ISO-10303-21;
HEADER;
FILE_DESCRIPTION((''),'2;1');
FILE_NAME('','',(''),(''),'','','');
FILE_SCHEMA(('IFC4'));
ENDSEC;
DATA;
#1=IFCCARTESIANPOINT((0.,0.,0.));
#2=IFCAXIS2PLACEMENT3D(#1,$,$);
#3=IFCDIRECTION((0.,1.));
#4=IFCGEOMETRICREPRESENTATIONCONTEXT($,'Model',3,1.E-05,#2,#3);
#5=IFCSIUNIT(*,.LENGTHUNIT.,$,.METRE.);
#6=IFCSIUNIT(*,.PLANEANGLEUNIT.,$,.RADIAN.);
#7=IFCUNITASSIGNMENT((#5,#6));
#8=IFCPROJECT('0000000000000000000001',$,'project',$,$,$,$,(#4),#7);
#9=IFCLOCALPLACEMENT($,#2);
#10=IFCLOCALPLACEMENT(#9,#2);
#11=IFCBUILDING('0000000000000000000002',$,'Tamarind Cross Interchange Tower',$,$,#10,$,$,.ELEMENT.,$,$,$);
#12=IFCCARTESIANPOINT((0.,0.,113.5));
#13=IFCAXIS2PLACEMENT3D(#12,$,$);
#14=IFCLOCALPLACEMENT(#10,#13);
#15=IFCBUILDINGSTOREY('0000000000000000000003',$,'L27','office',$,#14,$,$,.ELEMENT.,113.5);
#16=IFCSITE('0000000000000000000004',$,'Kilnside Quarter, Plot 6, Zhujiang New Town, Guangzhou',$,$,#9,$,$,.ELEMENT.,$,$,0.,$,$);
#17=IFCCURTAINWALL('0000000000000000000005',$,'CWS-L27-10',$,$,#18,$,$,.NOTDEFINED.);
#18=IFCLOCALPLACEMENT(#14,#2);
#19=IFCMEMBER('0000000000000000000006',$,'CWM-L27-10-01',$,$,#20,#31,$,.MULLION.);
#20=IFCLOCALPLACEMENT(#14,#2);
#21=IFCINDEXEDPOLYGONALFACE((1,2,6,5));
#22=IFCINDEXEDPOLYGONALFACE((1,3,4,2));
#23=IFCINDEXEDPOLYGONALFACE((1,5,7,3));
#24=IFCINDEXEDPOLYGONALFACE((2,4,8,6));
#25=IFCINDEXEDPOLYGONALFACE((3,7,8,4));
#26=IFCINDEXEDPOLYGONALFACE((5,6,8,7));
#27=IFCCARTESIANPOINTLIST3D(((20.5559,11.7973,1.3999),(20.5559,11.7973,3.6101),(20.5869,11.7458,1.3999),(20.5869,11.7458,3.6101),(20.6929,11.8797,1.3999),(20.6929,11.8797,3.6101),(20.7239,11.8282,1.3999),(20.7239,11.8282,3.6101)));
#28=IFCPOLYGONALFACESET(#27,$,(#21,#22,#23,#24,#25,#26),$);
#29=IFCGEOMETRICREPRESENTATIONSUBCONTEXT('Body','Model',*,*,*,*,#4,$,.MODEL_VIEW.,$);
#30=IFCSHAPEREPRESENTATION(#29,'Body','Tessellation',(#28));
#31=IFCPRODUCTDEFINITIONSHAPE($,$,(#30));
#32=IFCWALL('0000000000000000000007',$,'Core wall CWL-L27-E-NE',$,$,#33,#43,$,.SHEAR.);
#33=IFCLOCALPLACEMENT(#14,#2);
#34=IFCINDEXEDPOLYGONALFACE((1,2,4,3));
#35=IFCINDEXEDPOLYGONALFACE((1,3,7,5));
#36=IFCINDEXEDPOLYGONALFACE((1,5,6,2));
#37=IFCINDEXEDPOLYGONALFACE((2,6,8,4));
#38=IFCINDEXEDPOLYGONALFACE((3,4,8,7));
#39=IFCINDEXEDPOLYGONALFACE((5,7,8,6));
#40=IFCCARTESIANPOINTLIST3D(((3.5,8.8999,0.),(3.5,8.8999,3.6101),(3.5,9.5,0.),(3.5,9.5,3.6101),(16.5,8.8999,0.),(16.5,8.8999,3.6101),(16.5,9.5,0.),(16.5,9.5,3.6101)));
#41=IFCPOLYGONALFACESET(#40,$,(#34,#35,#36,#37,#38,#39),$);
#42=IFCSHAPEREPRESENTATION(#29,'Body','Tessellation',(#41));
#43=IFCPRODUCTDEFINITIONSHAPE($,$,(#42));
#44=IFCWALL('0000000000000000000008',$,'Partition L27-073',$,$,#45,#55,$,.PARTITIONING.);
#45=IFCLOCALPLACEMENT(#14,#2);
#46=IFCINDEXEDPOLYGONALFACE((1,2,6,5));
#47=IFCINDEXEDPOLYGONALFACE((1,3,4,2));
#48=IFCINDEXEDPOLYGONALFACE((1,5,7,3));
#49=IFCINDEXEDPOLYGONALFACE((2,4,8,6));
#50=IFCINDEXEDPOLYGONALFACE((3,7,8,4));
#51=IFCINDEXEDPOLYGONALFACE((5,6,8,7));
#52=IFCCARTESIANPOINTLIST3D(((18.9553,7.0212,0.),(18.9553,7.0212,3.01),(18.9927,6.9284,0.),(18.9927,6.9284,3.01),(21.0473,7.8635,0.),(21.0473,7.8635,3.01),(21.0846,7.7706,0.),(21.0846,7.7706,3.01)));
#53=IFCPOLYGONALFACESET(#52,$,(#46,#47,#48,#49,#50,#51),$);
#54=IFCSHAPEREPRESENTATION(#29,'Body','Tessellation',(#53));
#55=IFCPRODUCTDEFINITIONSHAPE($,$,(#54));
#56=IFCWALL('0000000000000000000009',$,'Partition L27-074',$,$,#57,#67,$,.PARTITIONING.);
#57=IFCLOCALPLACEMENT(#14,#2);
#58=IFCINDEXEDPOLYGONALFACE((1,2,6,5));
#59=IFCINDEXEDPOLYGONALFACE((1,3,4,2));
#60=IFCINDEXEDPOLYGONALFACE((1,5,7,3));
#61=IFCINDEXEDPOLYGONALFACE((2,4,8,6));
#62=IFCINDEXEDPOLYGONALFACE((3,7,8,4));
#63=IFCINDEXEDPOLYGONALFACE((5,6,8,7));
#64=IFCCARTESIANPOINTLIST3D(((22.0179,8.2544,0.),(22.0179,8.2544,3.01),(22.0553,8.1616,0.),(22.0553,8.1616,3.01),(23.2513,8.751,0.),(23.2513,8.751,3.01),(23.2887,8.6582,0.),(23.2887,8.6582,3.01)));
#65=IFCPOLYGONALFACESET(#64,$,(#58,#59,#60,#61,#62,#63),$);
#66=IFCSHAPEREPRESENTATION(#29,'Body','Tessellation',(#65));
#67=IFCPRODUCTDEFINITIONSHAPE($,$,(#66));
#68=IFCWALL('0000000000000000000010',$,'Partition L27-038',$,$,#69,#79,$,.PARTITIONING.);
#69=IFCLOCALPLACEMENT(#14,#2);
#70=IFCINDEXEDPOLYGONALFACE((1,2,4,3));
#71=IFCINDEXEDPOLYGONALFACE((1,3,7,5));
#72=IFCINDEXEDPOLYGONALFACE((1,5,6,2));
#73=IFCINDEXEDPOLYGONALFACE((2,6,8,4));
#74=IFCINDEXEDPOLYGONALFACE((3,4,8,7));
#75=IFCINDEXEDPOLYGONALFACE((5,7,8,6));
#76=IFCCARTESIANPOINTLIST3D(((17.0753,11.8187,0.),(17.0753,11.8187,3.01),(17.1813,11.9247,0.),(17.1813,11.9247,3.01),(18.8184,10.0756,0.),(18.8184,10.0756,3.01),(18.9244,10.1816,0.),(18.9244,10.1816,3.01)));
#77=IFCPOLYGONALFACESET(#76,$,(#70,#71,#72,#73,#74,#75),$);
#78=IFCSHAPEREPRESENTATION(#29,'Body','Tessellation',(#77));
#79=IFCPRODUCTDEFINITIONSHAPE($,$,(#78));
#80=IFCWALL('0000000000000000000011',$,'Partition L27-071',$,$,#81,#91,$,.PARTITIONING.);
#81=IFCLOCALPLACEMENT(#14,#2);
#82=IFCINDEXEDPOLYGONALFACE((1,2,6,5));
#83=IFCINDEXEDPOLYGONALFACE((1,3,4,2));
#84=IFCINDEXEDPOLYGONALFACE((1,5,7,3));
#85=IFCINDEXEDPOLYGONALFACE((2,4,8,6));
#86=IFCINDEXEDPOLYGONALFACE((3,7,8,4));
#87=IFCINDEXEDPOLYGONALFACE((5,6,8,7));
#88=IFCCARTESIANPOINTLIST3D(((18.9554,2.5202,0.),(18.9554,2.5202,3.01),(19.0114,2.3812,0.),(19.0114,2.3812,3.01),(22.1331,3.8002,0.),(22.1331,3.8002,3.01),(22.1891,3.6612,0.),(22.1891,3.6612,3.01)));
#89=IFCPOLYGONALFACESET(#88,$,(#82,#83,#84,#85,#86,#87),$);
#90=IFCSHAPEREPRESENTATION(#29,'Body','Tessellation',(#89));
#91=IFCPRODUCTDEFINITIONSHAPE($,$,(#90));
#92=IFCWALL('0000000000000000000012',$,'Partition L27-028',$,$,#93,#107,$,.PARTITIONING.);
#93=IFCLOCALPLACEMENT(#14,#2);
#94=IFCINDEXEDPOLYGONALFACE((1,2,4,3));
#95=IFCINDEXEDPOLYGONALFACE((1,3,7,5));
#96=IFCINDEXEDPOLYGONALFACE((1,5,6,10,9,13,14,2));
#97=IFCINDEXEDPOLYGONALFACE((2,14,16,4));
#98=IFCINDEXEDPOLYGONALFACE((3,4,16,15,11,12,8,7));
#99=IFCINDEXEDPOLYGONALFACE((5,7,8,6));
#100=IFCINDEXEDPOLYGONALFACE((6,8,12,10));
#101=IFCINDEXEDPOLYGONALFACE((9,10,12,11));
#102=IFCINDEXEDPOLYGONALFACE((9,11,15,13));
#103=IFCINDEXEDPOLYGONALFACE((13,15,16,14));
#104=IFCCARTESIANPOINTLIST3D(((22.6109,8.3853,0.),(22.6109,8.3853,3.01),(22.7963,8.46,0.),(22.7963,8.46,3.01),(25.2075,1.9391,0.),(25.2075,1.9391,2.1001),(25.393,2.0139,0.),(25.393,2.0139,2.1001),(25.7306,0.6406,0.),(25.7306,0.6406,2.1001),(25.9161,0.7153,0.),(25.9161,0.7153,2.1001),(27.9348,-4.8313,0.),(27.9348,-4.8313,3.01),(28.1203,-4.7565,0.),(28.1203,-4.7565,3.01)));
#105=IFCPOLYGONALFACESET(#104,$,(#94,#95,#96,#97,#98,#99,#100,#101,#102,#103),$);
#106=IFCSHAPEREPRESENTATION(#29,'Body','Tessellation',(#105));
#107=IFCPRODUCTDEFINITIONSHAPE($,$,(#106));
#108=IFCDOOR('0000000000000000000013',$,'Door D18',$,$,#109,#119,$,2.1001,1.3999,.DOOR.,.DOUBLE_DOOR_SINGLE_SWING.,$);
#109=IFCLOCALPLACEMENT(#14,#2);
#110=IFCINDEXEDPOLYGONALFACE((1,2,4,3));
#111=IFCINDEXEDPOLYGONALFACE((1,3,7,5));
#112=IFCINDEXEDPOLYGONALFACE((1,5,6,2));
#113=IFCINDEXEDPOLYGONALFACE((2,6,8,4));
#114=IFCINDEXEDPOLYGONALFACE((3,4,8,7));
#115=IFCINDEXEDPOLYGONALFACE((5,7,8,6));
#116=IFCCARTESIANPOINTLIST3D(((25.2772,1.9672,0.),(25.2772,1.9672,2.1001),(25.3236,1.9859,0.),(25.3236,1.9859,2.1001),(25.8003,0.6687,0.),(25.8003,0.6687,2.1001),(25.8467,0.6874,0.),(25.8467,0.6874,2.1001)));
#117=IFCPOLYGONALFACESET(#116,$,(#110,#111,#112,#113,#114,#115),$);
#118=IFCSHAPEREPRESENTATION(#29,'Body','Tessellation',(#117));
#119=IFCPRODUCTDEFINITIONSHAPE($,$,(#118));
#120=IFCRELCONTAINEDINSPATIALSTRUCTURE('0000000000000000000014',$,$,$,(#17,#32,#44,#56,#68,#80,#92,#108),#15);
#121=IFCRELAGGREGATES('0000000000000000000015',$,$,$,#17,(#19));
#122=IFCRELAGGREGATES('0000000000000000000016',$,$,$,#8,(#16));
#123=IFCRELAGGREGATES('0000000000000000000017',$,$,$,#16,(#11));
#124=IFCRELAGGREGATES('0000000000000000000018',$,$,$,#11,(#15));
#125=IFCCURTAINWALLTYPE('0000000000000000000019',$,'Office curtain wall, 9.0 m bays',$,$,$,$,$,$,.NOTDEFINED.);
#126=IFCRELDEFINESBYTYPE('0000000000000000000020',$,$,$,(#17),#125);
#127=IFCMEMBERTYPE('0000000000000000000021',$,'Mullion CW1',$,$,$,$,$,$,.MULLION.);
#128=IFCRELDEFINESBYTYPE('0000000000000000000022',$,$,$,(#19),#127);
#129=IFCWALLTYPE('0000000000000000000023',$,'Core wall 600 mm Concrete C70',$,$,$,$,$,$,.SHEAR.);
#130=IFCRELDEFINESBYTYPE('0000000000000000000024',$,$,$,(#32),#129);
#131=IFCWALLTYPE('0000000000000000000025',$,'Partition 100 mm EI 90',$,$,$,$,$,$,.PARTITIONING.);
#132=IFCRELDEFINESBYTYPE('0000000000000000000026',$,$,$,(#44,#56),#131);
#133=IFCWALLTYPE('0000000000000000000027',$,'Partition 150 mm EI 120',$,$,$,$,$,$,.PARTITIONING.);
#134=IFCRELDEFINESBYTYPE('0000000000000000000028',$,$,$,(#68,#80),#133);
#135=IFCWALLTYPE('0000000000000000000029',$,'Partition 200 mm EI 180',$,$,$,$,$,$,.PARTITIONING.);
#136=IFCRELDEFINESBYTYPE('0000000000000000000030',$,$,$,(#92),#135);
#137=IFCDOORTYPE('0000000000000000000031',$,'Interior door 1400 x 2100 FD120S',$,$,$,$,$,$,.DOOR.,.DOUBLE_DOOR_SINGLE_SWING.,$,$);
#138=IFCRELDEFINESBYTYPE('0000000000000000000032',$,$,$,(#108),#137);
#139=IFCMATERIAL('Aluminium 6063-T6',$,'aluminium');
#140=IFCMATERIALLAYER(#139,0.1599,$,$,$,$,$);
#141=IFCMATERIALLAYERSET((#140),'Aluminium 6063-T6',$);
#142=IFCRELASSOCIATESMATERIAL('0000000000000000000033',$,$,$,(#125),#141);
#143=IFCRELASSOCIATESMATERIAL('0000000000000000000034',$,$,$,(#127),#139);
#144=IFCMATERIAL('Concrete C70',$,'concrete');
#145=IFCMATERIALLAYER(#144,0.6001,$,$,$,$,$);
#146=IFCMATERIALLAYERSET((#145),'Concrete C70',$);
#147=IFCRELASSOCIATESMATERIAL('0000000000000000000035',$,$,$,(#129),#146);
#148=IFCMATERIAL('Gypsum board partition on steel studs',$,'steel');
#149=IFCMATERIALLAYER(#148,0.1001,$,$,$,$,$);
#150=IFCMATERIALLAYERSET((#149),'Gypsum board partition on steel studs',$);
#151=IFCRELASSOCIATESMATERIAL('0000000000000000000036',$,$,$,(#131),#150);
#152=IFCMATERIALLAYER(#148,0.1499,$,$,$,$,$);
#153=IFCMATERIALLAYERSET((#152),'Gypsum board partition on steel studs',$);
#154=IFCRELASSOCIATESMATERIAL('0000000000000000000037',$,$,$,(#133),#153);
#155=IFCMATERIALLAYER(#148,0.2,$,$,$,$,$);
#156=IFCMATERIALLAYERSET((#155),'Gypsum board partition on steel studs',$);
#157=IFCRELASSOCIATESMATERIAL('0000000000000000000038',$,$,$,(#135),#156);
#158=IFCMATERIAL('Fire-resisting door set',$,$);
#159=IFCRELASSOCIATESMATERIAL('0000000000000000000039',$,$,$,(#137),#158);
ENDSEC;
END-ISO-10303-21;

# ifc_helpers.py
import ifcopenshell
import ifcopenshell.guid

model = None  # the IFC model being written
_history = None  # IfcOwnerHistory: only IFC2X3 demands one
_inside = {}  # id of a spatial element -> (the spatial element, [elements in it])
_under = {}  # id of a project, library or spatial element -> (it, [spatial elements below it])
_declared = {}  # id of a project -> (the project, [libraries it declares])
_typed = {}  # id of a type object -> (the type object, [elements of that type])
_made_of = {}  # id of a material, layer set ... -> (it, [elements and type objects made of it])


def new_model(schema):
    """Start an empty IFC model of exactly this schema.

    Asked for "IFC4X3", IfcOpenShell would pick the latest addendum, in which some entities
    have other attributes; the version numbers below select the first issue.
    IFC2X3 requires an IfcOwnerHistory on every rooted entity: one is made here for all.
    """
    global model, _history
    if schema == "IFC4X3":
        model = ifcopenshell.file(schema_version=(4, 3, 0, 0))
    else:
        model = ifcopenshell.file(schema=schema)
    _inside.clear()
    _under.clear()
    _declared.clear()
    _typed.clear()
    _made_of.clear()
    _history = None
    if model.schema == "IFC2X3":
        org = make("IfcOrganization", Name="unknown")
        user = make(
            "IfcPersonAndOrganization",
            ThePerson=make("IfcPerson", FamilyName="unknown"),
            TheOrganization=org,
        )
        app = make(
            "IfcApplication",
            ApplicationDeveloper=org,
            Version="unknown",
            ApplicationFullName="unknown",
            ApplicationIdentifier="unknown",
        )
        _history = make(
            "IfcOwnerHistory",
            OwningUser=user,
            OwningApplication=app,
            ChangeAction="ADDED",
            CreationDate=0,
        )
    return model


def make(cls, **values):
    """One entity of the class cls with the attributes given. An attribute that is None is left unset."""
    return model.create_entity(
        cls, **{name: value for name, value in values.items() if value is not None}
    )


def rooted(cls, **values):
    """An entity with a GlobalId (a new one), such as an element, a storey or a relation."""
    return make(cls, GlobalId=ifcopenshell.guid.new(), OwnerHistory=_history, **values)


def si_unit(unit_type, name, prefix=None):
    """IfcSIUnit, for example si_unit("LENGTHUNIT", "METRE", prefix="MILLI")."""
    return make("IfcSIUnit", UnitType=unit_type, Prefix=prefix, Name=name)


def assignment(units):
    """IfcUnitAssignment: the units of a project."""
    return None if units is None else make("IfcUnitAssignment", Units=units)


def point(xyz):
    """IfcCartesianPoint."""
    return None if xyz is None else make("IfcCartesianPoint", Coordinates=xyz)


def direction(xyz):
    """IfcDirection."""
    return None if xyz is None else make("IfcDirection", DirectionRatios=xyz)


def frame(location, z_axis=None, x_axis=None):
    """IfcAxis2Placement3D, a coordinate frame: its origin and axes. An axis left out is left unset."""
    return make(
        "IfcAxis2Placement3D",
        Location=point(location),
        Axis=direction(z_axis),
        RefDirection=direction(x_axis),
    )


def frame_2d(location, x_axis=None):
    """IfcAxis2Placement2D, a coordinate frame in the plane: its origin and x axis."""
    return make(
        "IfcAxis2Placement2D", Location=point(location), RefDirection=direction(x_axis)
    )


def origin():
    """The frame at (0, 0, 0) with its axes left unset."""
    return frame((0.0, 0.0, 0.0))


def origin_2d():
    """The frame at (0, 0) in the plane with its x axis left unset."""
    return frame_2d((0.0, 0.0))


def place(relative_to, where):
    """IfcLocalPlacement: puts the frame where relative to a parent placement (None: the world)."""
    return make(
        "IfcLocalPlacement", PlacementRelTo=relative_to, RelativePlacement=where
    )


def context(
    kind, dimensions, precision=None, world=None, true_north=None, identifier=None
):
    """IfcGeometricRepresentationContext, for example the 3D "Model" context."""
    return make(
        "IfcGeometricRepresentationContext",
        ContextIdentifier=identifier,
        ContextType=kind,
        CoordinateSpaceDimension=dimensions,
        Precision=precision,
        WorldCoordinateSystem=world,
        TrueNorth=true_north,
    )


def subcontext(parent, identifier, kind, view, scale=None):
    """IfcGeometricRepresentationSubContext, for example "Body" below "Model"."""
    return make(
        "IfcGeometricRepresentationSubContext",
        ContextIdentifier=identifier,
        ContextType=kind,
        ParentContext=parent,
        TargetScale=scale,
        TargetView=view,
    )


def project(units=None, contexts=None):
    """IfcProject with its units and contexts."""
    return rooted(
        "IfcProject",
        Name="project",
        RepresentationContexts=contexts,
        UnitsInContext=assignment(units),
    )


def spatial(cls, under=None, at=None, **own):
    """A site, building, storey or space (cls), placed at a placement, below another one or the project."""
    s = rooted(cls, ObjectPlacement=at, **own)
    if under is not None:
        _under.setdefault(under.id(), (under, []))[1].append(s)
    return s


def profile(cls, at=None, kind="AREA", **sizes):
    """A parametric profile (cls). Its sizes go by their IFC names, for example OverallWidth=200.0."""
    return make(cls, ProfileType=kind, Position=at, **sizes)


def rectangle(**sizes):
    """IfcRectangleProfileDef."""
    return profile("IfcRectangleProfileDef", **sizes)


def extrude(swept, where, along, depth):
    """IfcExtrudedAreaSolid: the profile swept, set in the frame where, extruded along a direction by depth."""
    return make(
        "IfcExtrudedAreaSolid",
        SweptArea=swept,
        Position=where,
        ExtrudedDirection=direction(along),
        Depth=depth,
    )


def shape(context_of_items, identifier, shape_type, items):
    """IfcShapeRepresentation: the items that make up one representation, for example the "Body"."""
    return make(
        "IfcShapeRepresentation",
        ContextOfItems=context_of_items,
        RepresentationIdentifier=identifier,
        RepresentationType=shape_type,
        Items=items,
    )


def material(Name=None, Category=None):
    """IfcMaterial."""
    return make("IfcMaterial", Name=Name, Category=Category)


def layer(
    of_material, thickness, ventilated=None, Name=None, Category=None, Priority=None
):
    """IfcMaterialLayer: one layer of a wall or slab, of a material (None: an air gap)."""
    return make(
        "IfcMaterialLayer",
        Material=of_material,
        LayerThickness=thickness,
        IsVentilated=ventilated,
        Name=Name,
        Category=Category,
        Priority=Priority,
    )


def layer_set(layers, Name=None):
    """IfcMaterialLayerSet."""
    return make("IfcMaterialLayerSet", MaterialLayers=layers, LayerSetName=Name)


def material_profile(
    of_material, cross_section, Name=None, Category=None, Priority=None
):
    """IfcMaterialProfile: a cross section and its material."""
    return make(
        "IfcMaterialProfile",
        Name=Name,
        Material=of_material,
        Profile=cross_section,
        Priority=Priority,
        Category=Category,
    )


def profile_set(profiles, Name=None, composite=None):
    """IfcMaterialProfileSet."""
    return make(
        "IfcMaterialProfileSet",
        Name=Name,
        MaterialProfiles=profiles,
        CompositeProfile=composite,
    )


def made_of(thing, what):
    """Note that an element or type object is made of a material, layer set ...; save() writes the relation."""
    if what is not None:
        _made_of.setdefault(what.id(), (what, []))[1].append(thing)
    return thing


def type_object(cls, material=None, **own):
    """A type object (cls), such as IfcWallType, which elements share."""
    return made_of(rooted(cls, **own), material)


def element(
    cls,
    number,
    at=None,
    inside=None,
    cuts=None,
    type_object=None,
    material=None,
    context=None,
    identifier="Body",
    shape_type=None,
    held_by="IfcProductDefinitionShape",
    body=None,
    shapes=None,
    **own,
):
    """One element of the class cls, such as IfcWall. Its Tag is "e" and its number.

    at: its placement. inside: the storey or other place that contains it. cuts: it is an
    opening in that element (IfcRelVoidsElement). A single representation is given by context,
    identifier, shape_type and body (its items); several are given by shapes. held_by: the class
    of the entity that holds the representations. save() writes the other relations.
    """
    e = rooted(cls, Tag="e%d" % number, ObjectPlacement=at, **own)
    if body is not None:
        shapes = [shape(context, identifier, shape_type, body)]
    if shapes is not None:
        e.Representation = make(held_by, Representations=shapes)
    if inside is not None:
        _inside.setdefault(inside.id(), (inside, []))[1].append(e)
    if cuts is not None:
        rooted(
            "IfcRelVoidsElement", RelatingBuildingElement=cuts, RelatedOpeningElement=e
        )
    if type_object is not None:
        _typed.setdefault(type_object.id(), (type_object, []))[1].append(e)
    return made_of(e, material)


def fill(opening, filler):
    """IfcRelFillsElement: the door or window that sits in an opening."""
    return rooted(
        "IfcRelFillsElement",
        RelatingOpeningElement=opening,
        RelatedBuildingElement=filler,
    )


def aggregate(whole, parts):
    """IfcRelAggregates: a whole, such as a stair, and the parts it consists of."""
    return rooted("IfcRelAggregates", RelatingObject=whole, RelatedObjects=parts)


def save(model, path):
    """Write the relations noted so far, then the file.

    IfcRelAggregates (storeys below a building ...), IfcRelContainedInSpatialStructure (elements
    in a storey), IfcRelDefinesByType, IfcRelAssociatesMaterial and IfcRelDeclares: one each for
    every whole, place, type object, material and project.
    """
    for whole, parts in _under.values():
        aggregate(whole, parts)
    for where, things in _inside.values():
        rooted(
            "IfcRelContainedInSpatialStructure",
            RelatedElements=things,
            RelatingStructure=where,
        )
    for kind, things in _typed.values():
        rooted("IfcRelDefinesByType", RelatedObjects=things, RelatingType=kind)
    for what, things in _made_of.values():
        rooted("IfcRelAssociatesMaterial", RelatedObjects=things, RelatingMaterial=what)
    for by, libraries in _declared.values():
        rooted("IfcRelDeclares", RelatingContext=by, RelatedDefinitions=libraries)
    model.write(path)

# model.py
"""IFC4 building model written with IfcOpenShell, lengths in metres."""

from ifc_helpers import new_model, si_unit, direction, frame, frame_2d, origin, origin_2d, place, context, subcontext, project, spatial, rectangle, extrude, material, layer, layer_set, material_profile, profile_set, type_object, element, fill, aggregate, save


model = new_model("IFC4")

# Units and contexts
model_context = context("Model", 3, precision=1e-05, world=origin(), true_north=direction((0.0, 1.0)))
body_context = subcontext(model_context, "Body", "Model", "MODEL_VIEW")
ifc_project = project(units=[si_unit("LENGTHUNIT", "METRE"), si_unit("PLANEANGLEUNIT", "RADIAN")], contexts=[model_context])

# Site, building, storey
site_placement = place(None, origin())
site = spatial("IfcSite", under=ifc_project, at=site_placement, Name="Kilnside Quarter, Plot 6, Zhujiang New Town, Guangzhou", CompositionType="ELEMENT", RefElevation=0.0)
building_placement = place(site_placement, origin())
building = spatial("IfcBuilding", under=site, at=building_placement, Name="Tamarind Cross Interchange Tower", CompositionType="ELEMENT")
storey_placement = place(building_placement, frame((0.0, 0.0, 113.5)))
storey = spatial("IfcBuildingStorey", under=building, at=storey_placement, Name="L27", Description="office", CompositionType="ELEMENT", Elevation=113.5)

# Curtain wall, member
ifc_material_1 = material(Name="Aluminium 6063-T6", Category="aluminium")
ifc_layer_1 = layer(ifc_material_1, 0.1599)
ifc_layer_set_1 = layer_set([ifc_layer_1], Name="Aluminium 6063-T6")
curtain_wall_type = type_object("IfcCurtainWallType", Name="Office curtain wall, 9.0 m bays", PredefinedType="NOTDEFINED", material=ifc_layer_set_1)
curtain_wall_placement = place(storey_placement, origin())
curtain_wall = element("IfcCurtainWall", 1, at=curtain_wall_placement, inside=storey, type_object=curtain_wall_type, Name="CWS-L27-10", PredefinedType="NOTDEFINED")
ifc_material_profile_1 = material_profile(ifc_material_1, rectangle(XDim=0.0601, YDim=0.1599, at=origin_2d()), Name="Mullion CW1")
ifc_profile_set_1 = profile_set([ifc_material_profile_1], Name="Aluminium 6063-T6")
member_type = type_object("IfcMemberType", Name="Mullion CW1", PredefinedType="MULLION", material=ifc_profile_set_1)
member_placement = place(storey_placement, frame((20.6399, 11.8127, 1.3999), z_axis=(0.0, 0.0, 1.0), x_axis=(-0.515577, 0.856843, 0.0)))
member = element("IfcMember", 2, at=member_placement, type_object=member_type, Name="CWM-L27-10-01", PredefinedType="MULLION", context=body_context, shape_type="SweptSolid", body=[
    extrude(rectangle(XDim=0.0601, YDim=0.1599, at=origin_2d()), origin(), (0.0, 0.0, 1.0), 2.2102),
])
aggregate(curtain_wall, [member])

# Walls
ifc_material_2 = material(Name="Concrete C70", Category="concrete")
ifc_layer_2 = layer(ifc_material_2, 0.6001)
ifc_layer_set_2 = layer_set([ifc_layer_2], Name="Concrete C70")
wall_type_1 = type_object("IfcWallType", Name="Core wall 600 mm Concrete C70", PredefinedType="SHEAR", material=ifc_layer_set_2)
wall_1_placement = place(storey_placement, frame((16.5, 9.2, 0.0), z_axis=(0.0, 0.0, 1.0), x_axis=(-1.0, 0.0, 0.0)))
element("IfcWall", 3, at=wall_1_placement, inside=storey, type_object=wall_type_1, Name="Core wall CWL-L27-E-NE", PredefinedType="SHEAR", context=body_context, shape_type="SweptSolid", body=[
    extrude(rectangle(XDim=13.0, YDim=0.6001, at=frame_2d((6.5, 0.0))), origin(), (0.0, 0.0, 1.0), 3.6101),
])
ifc_material_3 = material(Name="Gypsum board partition on steel studs", Category="steel")
ifc_layer_3 = layer(ifc_material_3, 0.1001)
ifc_layer_set_3 = layer_set([ifc_layer_3], Name="Gypsum board partition on steel studs")
wall_type_2 = type_object("IfcWallType", Name="Partition 100 mm EI 90", PredefinedType="PARTITIONING", material=ifc_layer_set_3)
wall_2_placement = place(storey_placement, frame((18.9741, 6.9749, 0.0), z_axis=(0.0, 0.0, 1.0), x_axis=(0.927638, 0.37348, 0.0)))
element("IfcWall", 4, at=wall_2_placement, inside=storey, type_object=wall_type_2, Name="Partition L27-073", PredefinedType="PARTITIONING", context=body_context, shape_type="SweptSolid", body=[
    extrude(rectangle(XDim=2.2551, YDim=0.1001, at=frame_2d((1.1274, 0.0))), origin(), (0.0, 0.0, 1.0), 3.01),
])
wall_3_placement = place(storey_placement, frame((22.0366, 8.208, 0.0), z_axis=(0.0, 0.0, 1.0), x_axis=(0.927639, 0.373479, 0.0)))
element("IfcWall", 5, at=wall_3_placement, inside=storey, type_object=wall_type_2, Name="Partition L27-074", PredefinedType="PARTITIONING", context=body_context, shape_type="SweptSolid", body=[
    extrude(rectangle(XDim=1.3296, YDim=0.1001, at=frame_2d((0.6648, 0.0))), origin(), (0.0, 0.0, 1.0), 3.01),
])
ifc_layer_4 = layer(ifc_material_3, 0.1499)
ifc_layer_set_4 = layer_set([ifc_layer_4], Name="Gypsum board partition on steel studs")
wall_type_3 = type_object("IfcWallType", Name="Partition 150 mm EI 120", PredefinedType="PARTITIONING", material=ifc_layer_set_4)
wall_4_placement = place(storey_placement, frame((17.1284, 11.8716, 0.0), z_axis=(0.0, 0.0, 1.0), x_axis=(0.707107, -0.707107, 0.0)))
element("IfcWall", 6, at=wall_4_placement, inside=storey, type_object=wall_type_3, Name="Partition L27-038", PredefinedType="PARTITIONING", context=body_context, shape_type="SweptSolid", body=[
    extrude(rectangle(XDim=2.4651, YDim=0.1499, at=frame_2d((1.2324, 0.0))), origin(), (0.0, 0.0, 1.0), 3.01),
])
wall_5_placement = place(storey_placement, frame((18.9834, 2.4507, 0.0), z_axis=(0.0, 0.0, 1.0), x_axis=(0.927575, 0.373638, 0.0)))
element("IfcWall", 7, at=wall_5_placement, inside=storey, type_object=wall_type_3, Name="Partition L27-071", PredefinedType="PARTITIONING", context=body_context, shape_type="SweptSolid", body=[
    extrude(rectangle(XDim=3.4258, YDim=0.1499, at=frame_2d((1.7129, 0.0))), origin(), (0.0, 0.0, 1.0), 3.01),
])

# Wall, opening, door
ifc_layer_5 = layer(ifc_material_3, 0.2)
ifc_layer_set_5 = layer_set([ifc_layer_5], Name="Gypsum board partition on steel studs")
wall_type_4 = type_object("IfcWallType", Name="Partition 200 mm EI 180", PredefinedType="PARTITIONING", material=ifc_layer_set_5)
wall_6_placement = place(storey_placement, frame((22.7036, 8.4226, 0.0), z_axis=(0.0, 0.0, 1.0), x_axis=(0.37365, -0.92757, 0.0)))
wall_6 = element("IfcWall", 8, at=wall_6_placement, inside=storey, type_object=wall_type_4, Name="Partition L27-028", PredefinedType="PARTITIONING", context=body_context, shape_type="SweptSolid", body=[
    extrude(rectangle(XDim=14.2485, YDim=0.2, at=frame_2d((7.1243, 0.0))), origin(), (0.0, 0.0, 1.0), 3.01),
])
opening_placement = place(wall_6_placement, frame((6.9495, 0.0, 0.0)))
opening = element("IfcOpeningElement", 9, at=opening_placement, cuts=wall_6, PredefinedType="OPENING", context=body_context, shape_type="SweptSolid", body=[
    extrude(rectangle(XDim=1.3999, YDim=2.1001, at=frame_2d((0.7, 1.05))), frame((0.0, 0.1099, 0.0), z_axis=(0.0, -1.0, 0.0), x_axis=(1.0, 0.0, 0.0)), (0.0, 0.0, 1.0), 0.22),
])
ifc_material_4 = material(Name="Fire-resisting door set")
door_type = type_object("IfcDoorType", Name="Interior door 1400 x 2100 FD120S", OperationType="DOUBLE_DOOR_SINGLE_SWING", PredefinedType="DOOR", material=ifc_material_4)
door_placement = place(opening_placement, frame((1.3999, 0.0, 0.0), z_axis=(0.0, 0.0, 1.0), x_axis=(-1.0, 0.0, 0.0)))
door = element("IfcDoor", 10, at=door_placement, inside=storey, type_object=door_type, Name="Door D18", OperationType="DOUBLE_DOOR_SINGLE_SWING", OverallHeight=2.1001, OverallWidth=1.3999, PredefinedType="DOOR", context=body_context, shape_type="SweptSolid", body=[
    extrude(rectangle(XDim=1.3999, YDim=2.1001, at=frame_2d((0.7, 1.05))), frame((0.0, 0.0249, 0.0), z_axis=(0.0, -1.0, 0.0), x_axis=(1.0, 0.0, 0.0)), (0.0, 0.0, 1.0), 0.05),
])
fill(opening, door)

save(model, "model.ifc")
